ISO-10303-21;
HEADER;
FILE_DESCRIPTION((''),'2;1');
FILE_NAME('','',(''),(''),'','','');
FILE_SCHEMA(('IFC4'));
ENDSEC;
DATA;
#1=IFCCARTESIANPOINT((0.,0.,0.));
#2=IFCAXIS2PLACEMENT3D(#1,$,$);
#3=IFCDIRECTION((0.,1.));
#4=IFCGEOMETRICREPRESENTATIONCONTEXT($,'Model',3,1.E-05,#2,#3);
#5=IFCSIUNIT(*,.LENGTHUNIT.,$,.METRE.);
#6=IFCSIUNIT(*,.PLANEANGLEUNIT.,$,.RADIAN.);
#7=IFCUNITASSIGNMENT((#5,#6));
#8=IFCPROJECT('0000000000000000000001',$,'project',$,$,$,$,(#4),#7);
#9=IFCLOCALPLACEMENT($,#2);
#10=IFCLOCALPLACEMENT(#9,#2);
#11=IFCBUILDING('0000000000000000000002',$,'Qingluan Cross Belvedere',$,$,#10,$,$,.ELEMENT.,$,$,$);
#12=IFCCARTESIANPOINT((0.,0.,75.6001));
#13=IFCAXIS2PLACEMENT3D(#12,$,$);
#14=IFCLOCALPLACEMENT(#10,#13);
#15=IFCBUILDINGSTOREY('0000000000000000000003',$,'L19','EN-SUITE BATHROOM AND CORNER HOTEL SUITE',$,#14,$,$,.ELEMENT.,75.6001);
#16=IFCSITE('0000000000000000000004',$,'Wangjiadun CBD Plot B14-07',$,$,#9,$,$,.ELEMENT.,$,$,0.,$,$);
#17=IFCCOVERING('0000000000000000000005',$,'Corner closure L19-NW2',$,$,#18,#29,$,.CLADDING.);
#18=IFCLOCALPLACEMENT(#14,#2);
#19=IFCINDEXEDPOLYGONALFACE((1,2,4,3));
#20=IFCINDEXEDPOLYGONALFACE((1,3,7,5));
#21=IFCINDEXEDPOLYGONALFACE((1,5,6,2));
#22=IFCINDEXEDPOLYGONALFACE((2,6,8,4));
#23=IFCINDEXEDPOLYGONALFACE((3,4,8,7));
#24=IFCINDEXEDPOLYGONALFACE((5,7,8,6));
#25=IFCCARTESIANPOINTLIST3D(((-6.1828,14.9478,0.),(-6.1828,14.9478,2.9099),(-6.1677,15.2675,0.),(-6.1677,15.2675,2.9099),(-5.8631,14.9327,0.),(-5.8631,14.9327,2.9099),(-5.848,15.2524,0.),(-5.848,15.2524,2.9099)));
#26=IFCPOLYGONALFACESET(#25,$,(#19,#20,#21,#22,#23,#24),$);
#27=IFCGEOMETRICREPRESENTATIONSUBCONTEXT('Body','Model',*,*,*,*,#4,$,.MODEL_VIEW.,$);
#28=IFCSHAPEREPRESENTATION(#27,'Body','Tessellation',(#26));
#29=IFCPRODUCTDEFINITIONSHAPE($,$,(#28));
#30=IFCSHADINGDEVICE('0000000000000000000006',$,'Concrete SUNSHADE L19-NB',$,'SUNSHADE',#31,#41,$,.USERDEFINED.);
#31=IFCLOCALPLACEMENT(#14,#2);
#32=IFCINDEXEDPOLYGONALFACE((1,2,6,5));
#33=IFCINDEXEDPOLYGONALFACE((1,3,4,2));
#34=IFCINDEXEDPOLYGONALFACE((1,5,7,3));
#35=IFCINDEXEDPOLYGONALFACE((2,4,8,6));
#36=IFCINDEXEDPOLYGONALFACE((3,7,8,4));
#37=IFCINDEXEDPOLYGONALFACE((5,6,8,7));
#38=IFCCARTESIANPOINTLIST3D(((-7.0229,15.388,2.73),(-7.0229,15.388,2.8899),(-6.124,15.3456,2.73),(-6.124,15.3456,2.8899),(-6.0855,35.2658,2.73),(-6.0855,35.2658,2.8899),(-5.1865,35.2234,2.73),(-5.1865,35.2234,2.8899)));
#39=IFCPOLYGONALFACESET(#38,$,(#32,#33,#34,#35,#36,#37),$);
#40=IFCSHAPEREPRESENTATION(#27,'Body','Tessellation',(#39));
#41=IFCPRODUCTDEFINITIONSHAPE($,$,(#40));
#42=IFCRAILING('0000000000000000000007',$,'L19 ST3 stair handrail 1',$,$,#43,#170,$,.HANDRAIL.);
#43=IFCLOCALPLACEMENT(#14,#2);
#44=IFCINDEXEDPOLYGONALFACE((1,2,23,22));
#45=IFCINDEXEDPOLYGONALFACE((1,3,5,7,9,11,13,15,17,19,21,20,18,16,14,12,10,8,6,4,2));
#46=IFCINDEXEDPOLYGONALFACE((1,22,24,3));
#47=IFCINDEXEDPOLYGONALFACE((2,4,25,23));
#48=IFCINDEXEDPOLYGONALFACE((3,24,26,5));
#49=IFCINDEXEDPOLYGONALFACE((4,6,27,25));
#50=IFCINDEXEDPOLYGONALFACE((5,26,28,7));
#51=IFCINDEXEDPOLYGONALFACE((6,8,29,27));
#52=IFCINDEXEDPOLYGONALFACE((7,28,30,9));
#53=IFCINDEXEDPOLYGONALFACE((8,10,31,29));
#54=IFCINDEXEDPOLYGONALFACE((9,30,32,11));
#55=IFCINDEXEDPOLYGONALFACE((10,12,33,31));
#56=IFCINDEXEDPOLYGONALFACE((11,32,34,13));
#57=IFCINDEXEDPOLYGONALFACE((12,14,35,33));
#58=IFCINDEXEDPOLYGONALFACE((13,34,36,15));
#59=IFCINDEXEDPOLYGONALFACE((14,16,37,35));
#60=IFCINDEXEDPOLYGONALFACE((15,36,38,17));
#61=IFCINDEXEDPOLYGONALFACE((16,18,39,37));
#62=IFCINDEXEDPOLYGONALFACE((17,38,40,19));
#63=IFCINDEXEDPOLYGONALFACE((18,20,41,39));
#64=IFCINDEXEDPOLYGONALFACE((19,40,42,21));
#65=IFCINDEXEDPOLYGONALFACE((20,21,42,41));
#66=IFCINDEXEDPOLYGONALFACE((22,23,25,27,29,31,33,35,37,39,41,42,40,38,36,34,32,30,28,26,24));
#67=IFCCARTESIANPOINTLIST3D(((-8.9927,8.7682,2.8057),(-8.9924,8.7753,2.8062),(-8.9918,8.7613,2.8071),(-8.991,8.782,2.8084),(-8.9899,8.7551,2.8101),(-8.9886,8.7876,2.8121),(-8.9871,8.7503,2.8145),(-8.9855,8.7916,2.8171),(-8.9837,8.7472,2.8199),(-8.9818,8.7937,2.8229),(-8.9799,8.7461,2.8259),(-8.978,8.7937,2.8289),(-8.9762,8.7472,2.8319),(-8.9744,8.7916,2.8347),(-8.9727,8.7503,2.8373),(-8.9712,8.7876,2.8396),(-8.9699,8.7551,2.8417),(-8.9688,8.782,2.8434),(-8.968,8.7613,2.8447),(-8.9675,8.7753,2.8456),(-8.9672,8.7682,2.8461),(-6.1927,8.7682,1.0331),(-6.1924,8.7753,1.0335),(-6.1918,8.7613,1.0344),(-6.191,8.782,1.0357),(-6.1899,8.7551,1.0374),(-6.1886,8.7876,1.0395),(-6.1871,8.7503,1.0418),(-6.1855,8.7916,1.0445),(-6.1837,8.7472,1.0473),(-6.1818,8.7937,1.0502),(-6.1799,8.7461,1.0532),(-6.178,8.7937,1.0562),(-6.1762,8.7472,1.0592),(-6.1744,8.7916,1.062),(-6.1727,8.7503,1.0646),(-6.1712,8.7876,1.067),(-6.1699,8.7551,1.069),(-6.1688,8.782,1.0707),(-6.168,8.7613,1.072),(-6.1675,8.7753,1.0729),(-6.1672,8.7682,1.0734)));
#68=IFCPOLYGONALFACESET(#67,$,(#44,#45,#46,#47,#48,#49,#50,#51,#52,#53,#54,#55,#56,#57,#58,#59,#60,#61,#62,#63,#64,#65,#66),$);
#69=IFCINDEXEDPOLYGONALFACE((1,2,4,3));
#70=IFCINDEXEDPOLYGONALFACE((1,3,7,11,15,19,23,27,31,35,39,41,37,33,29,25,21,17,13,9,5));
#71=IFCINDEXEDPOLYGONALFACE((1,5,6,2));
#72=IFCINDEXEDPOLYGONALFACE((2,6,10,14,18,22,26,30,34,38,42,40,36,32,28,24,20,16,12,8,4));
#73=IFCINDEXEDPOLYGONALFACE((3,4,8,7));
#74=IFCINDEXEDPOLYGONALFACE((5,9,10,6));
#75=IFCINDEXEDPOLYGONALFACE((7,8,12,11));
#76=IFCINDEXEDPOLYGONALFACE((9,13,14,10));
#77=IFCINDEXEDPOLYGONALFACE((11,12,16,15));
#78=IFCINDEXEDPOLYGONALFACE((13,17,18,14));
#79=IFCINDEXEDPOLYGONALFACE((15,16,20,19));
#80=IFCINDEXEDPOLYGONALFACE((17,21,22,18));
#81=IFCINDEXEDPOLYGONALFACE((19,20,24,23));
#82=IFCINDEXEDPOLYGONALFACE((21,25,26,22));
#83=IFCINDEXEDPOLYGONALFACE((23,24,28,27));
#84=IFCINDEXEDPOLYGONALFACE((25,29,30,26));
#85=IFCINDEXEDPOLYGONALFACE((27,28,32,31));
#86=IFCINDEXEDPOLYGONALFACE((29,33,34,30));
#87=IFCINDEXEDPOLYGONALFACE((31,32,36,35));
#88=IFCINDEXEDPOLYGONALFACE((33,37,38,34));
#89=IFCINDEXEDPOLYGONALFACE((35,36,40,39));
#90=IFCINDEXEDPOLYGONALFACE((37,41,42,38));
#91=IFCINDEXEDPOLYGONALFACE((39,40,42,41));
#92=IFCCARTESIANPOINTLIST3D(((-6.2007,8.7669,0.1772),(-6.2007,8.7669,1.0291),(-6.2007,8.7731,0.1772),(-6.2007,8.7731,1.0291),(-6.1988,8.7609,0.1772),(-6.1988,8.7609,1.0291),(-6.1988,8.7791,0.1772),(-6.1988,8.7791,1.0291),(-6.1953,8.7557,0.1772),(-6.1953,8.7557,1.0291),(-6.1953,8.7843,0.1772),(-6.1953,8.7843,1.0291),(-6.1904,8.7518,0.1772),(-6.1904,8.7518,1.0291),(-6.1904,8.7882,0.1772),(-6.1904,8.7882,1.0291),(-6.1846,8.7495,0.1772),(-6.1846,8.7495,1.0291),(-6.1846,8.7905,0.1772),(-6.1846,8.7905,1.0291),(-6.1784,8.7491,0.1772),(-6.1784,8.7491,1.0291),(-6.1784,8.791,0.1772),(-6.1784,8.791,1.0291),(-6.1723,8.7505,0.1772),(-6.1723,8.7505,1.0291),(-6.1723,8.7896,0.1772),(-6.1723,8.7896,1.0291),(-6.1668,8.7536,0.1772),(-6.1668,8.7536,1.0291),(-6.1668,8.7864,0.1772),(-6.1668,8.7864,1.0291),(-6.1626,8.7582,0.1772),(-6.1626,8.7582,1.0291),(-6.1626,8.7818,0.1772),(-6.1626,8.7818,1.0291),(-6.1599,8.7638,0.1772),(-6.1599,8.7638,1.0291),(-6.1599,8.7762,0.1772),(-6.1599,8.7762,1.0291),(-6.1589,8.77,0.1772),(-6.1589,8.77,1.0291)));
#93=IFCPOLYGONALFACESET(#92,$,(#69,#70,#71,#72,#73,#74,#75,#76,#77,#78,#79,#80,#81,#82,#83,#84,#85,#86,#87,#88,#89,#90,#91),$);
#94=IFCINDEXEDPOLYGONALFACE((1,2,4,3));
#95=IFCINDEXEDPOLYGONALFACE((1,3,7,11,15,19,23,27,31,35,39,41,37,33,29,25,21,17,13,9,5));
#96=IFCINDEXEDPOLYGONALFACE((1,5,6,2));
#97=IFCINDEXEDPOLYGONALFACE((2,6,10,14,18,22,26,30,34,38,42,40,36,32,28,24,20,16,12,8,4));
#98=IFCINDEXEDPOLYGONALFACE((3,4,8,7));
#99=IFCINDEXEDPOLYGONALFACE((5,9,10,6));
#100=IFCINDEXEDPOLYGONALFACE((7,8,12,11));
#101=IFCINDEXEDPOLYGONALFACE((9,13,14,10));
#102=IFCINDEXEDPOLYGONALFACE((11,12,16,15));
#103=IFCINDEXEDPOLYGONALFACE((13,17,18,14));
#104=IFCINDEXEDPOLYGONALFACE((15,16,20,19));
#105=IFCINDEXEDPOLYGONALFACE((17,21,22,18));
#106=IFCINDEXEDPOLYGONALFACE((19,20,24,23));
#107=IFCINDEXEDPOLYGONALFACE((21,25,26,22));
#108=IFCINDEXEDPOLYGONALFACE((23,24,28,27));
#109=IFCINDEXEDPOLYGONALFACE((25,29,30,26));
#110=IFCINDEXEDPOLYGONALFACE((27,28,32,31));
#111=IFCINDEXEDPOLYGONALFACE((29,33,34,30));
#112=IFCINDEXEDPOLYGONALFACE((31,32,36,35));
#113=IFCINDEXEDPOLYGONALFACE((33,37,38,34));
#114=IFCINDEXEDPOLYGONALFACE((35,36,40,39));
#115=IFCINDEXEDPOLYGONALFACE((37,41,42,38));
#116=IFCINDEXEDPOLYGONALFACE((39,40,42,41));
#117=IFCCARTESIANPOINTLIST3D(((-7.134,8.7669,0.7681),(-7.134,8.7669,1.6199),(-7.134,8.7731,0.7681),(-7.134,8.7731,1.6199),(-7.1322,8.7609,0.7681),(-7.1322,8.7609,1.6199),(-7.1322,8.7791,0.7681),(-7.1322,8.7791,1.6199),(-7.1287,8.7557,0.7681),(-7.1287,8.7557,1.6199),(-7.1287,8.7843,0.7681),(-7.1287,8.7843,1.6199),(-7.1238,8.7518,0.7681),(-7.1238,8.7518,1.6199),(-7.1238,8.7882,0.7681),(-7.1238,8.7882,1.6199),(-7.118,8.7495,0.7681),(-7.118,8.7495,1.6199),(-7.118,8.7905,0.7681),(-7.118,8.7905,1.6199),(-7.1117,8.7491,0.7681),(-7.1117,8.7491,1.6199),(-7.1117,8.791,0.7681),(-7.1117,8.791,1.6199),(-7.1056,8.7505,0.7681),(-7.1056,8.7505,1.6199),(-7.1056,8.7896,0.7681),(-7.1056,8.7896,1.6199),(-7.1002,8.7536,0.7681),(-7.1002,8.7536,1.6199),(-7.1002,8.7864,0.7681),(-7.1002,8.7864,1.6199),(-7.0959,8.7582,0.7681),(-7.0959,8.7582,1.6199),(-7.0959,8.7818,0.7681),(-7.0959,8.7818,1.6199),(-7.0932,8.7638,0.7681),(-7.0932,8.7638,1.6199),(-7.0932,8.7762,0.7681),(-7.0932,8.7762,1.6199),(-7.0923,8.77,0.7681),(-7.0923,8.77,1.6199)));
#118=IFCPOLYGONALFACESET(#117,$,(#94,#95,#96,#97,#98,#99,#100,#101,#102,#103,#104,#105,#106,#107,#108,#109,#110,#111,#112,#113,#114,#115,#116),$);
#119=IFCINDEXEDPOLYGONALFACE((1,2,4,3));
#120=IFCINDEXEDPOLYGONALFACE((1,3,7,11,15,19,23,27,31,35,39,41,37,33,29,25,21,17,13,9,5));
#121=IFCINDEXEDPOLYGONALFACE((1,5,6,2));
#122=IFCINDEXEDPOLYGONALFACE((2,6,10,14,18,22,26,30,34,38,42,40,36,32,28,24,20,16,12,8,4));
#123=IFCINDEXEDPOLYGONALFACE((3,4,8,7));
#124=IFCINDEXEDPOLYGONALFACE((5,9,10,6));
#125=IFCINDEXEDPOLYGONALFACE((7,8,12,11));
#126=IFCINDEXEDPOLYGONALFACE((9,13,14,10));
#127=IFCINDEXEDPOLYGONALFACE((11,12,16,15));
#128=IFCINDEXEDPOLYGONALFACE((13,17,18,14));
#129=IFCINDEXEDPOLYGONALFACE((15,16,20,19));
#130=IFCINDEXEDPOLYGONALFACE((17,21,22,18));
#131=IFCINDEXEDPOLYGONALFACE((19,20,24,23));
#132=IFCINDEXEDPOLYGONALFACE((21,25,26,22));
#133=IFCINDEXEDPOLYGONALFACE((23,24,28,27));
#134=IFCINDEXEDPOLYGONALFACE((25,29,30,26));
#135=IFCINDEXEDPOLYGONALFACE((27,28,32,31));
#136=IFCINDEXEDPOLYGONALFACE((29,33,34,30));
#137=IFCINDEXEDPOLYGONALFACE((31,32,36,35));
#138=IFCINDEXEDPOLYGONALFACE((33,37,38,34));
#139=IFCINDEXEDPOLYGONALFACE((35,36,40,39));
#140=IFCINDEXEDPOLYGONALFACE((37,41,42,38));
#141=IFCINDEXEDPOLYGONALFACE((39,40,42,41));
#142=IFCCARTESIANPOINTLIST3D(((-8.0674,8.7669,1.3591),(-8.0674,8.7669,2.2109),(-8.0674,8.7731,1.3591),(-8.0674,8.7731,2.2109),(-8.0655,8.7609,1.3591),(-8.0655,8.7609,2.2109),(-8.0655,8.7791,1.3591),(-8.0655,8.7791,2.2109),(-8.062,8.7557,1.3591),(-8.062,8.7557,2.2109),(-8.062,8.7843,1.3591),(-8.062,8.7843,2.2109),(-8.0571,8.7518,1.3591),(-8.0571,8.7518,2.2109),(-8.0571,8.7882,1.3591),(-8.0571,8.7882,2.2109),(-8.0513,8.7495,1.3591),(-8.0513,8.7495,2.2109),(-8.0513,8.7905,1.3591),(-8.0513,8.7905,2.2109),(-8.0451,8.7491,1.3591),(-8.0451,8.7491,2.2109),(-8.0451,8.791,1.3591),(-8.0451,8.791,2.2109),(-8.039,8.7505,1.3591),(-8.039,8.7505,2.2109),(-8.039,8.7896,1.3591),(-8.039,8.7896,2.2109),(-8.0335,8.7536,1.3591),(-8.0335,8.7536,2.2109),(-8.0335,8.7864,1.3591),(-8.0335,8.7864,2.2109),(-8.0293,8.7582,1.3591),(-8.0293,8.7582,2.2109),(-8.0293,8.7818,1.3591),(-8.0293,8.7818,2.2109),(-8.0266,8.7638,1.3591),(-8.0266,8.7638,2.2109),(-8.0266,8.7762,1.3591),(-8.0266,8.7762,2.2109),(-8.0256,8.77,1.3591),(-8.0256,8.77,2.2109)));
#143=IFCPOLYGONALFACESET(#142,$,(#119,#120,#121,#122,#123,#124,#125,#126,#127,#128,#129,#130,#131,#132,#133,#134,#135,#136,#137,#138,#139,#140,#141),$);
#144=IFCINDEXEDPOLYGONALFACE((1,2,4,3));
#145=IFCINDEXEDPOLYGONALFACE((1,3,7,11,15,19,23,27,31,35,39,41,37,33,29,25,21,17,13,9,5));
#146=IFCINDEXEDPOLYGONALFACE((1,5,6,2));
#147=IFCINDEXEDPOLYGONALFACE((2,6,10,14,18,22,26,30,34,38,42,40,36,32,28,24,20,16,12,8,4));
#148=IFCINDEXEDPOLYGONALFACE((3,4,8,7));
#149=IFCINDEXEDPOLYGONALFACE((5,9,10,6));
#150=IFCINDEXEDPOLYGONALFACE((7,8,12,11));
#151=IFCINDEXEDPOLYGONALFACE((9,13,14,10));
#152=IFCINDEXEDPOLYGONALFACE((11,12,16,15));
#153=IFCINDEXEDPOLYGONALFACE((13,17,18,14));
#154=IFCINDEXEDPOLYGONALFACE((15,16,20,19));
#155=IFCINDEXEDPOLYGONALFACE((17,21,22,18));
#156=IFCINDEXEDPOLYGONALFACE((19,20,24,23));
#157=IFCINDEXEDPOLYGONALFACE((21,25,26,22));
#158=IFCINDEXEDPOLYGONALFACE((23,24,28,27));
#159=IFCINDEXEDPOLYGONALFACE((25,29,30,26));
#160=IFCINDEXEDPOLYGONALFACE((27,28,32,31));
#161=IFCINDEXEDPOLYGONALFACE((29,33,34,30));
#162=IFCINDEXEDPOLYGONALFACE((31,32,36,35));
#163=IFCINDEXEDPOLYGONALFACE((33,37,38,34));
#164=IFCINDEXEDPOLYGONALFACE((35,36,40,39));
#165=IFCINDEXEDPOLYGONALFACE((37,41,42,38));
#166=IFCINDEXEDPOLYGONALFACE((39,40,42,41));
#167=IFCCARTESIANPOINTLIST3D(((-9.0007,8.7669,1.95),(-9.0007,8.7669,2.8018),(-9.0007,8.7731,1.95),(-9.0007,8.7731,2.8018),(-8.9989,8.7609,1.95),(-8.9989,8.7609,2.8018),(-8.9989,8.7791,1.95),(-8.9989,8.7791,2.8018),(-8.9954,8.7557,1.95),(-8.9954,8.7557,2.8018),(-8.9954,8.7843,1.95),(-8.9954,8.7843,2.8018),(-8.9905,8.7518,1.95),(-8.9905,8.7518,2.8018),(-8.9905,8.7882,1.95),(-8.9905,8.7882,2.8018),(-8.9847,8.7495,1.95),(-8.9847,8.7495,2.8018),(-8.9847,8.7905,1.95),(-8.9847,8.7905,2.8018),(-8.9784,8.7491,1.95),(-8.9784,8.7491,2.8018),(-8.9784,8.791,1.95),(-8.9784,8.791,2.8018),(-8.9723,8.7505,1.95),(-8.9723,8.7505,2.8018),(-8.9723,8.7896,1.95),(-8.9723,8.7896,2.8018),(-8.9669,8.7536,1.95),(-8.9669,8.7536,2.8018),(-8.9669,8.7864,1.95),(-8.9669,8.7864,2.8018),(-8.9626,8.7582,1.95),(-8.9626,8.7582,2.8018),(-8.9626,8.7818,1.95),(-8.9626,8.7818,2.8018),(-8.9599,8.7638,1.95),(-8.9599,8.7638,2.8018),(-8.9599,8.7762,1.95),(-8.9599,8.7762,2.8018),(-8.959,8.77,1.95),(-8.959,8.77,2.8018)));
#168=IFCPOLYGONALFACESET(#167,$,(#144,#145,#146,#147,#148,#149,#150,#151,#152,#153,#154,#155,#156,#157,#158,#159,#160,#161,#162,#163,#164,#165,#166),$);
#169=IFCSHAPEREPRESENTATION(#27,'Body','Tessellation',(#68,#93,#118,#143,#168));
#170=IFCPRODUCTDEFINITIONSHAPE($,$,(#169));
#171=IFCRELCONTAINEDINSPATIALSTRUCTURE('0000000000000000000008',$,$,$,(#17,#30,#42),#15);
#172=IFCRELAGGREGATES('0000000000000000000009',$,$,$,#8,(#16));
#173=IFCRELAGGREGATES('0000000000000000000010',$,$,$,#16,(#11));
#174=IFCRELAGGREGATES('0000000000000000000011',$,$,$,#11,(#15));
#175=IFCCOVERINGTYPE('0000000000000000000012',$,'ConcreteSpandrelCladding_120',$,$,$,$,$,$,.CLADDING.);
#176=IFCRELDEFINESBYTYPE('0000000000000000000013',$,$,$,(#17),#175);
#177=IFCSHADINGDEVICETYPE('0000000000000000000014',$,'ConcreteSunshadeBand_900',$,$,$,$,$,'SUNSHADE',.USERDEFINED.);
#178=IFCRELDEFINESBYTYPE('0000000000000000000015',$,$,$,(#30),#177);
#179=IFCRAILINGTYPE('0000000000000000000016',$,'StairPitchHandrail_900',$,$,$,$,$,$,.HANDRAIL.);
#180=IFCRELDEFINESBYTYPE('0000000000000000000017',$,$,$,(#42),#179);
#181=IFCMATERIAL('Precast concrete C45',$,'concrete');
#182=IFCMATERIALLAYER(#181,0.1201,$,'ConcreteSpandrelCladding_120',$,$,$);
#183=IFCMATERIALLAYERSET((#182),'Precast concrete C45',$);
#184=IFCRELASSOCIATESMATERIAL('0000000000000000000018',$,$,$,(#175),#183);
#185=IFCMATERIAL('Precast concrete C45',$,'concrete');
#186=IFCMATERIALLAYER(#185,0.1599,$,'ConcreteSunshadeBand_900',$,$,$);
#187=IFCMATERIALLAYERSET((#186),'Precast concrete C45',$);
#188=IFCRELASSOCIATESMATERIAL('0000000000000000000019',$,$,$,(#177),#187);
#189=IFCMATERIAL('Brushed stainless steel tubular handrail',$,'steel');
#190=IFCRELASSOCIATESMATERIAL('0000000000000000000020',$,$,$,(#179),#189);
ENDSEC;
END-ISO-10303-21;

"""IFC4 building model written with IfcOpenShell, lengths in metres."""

from ifc_helpers import new_model, si_unit, direction, frame, origin, origin_2d, place, context, subcontext, project, spatial, rectangle, circle, extrude, material, layer, layer_set, type_object, element, save


model = new_model("IFC4")

# Units and contexts
model_context = context("Model", 3, precision=1e-05, world=origin(), true_north=direction((0.0, 1.0)))
body_context = subcontext(model_context, "Body", "Model", "MODEL_VIEW")
ifc_project = project(units=[si_unit("LENGTHUNIT", "METRE"), si_unit("PLANEANGLEUNIT", "RADIAN")], contexts=[model_context])

# Site, building, storey
site_placement = place(None, origin())
site = spatial("IfcSite", under=ifc_project, at=site_placement, Name="Wangjiadun CBD Plot B14-07", CompositionType="ELEMENT", RefElevation=0.0)
building_placement = place(site_placement, origin())
building = spatial("IfcBuilding", under=site, at=building_placement, Name="Qingluan Cross Belvedere", CompositionType="ELEMENT")
storey_placement = place(building_placement, frame((0.0, 0.0, 75.6001)))
storey = spatial("IfcBuildingStorey", under=building, at=storey_placement, Name="L19", Description="EN-SUITE BATHROOM AND CORNER HOTEL SUITE", CompositionType="ELEMENT", Elevation=75.6001)

# Covering
ifc_material_1 = material(Name="Precast concrete C45", Category="concrete")
ifc_layer_1 = layer(ifc_material_1, 0.1201, Name="ConcreteSpandrelCladding_120")
ifc_layer_set_1 = layer_set([ifc_layer_1], Name="Precast concrete C45")
covering_type = type_object("IfcCoveringType", Name="ConcreteSpandrelCladding_120", PredefinedType="CLADDING", material=ifc_layer_set_1)
covering_placement = place(storey_placement, frame((-6.0154, 15.1001, 0.0), z_axis=(0.0, 0.0, 1.0), x_axis=(0.99889, -0.047106, 0.0)))
element("IfcCovering", 1, at=covering_placement, inside=storey, type_object=covering_type, Name="Corner closure L19-NW2", PredefinedType="CLADDING", context=body_context, shape_type="SweptSolid", body=[
    extrude(rectangle(XDim=0.3201, YDim=0.3201, at=origin_2d()), origin(), (0.0, 0.0, 1.0), 2.9099),
])

# Shading device
ifc_material_2 = material(Name="Precast concrete C45", Category="concrete")
ifc_layer_2 = layer(ifc_material_2, 0.1599, Name="ConcreteSunshadeBand_900")
ifc_layer_set_2 = layer_set([ifc_layer_2], Name="Precast concrete C45")
shading_device_type = type_object("IfcShadingDeviceType", Name="ConcreteSunshadeBand_900", ElementType="SUNSHADE", PredefinedType="USERDEFINED", material=ifc_layer_set_2)
shading_device_placement = place(storey_placement, frame((-6.1047, 25.3057, 2.73), z_axis=(0.0, 0.0, 1.0), x_axis=(-0.047109, -0.99889, 0.0)))
element("IfcShadingDevice", 2, at=shading_device_placement, inside=storey, type_object=shading_device_type, Name="Concrete SUNSHADE L19-NB", ObjectType="SUNSHADE", PredefinedType="USERDEFINED", context=body_context, shape_type="SweptSolid", body=[
    extrude(rectangle(XDim=19.8999, YDim=0.8999, at=origin_2d()), origin(), (0.0, 0.0, 1.0), 0.1599),
])

# Railing
ifc_material_3 = material(Name="Brushed stainless steel tubular handrail", Category="steel")
railing_type = type_object("IfcRailingType", Name="StairPitchHandrail_900", PredefinedType="HANDRAIL", material=ifc_material_3)
railing_placement = place(storey_placement, frame((-6.1799, 8.77, 0.1772)))
element("IfcRailing", 3, at=railing_placement, inside=storey, type_object=railing_type, Name="L19 ST3 stair handrail 1", PredefinedType="HANDRAIL", context=body_context, shape_type="SweptSolid", body=[
    extrude(circle(Radius=0.0239, at=origin_2d()), frame((0.0, 0.0, 0.876), z_axis=(-0.844909, 0.0, 0.53491), x_axis=(0.0, -1.0, 0.0)), (0.0, 0.0, 1.0), 3.314),
    extrude(circle(Radius=0.021, at=origin_2d()), origin(), (0.0, 0.0, 1.0), 0.8518),
    extrude(circle(Radius=0.021, at=origin_2d()), frame((-0.9333, 0.0, 0.5908)), (0.0, 0.0, 1.0), 0.8518),
    extrude(circle(Radius=0.021, at=origin_2d()), frame((-1.8667, 0.0, 1.1819)), (0.0, 0.0, 1.0), 0.8518),
    extrude(circle(Radius=0.021, at=origin_2d()), frame((-2.8, 0.0, 1.7727)), (0.0, 0.0, 1.0), 0.8518),
])

save(model, "model.ifc")
